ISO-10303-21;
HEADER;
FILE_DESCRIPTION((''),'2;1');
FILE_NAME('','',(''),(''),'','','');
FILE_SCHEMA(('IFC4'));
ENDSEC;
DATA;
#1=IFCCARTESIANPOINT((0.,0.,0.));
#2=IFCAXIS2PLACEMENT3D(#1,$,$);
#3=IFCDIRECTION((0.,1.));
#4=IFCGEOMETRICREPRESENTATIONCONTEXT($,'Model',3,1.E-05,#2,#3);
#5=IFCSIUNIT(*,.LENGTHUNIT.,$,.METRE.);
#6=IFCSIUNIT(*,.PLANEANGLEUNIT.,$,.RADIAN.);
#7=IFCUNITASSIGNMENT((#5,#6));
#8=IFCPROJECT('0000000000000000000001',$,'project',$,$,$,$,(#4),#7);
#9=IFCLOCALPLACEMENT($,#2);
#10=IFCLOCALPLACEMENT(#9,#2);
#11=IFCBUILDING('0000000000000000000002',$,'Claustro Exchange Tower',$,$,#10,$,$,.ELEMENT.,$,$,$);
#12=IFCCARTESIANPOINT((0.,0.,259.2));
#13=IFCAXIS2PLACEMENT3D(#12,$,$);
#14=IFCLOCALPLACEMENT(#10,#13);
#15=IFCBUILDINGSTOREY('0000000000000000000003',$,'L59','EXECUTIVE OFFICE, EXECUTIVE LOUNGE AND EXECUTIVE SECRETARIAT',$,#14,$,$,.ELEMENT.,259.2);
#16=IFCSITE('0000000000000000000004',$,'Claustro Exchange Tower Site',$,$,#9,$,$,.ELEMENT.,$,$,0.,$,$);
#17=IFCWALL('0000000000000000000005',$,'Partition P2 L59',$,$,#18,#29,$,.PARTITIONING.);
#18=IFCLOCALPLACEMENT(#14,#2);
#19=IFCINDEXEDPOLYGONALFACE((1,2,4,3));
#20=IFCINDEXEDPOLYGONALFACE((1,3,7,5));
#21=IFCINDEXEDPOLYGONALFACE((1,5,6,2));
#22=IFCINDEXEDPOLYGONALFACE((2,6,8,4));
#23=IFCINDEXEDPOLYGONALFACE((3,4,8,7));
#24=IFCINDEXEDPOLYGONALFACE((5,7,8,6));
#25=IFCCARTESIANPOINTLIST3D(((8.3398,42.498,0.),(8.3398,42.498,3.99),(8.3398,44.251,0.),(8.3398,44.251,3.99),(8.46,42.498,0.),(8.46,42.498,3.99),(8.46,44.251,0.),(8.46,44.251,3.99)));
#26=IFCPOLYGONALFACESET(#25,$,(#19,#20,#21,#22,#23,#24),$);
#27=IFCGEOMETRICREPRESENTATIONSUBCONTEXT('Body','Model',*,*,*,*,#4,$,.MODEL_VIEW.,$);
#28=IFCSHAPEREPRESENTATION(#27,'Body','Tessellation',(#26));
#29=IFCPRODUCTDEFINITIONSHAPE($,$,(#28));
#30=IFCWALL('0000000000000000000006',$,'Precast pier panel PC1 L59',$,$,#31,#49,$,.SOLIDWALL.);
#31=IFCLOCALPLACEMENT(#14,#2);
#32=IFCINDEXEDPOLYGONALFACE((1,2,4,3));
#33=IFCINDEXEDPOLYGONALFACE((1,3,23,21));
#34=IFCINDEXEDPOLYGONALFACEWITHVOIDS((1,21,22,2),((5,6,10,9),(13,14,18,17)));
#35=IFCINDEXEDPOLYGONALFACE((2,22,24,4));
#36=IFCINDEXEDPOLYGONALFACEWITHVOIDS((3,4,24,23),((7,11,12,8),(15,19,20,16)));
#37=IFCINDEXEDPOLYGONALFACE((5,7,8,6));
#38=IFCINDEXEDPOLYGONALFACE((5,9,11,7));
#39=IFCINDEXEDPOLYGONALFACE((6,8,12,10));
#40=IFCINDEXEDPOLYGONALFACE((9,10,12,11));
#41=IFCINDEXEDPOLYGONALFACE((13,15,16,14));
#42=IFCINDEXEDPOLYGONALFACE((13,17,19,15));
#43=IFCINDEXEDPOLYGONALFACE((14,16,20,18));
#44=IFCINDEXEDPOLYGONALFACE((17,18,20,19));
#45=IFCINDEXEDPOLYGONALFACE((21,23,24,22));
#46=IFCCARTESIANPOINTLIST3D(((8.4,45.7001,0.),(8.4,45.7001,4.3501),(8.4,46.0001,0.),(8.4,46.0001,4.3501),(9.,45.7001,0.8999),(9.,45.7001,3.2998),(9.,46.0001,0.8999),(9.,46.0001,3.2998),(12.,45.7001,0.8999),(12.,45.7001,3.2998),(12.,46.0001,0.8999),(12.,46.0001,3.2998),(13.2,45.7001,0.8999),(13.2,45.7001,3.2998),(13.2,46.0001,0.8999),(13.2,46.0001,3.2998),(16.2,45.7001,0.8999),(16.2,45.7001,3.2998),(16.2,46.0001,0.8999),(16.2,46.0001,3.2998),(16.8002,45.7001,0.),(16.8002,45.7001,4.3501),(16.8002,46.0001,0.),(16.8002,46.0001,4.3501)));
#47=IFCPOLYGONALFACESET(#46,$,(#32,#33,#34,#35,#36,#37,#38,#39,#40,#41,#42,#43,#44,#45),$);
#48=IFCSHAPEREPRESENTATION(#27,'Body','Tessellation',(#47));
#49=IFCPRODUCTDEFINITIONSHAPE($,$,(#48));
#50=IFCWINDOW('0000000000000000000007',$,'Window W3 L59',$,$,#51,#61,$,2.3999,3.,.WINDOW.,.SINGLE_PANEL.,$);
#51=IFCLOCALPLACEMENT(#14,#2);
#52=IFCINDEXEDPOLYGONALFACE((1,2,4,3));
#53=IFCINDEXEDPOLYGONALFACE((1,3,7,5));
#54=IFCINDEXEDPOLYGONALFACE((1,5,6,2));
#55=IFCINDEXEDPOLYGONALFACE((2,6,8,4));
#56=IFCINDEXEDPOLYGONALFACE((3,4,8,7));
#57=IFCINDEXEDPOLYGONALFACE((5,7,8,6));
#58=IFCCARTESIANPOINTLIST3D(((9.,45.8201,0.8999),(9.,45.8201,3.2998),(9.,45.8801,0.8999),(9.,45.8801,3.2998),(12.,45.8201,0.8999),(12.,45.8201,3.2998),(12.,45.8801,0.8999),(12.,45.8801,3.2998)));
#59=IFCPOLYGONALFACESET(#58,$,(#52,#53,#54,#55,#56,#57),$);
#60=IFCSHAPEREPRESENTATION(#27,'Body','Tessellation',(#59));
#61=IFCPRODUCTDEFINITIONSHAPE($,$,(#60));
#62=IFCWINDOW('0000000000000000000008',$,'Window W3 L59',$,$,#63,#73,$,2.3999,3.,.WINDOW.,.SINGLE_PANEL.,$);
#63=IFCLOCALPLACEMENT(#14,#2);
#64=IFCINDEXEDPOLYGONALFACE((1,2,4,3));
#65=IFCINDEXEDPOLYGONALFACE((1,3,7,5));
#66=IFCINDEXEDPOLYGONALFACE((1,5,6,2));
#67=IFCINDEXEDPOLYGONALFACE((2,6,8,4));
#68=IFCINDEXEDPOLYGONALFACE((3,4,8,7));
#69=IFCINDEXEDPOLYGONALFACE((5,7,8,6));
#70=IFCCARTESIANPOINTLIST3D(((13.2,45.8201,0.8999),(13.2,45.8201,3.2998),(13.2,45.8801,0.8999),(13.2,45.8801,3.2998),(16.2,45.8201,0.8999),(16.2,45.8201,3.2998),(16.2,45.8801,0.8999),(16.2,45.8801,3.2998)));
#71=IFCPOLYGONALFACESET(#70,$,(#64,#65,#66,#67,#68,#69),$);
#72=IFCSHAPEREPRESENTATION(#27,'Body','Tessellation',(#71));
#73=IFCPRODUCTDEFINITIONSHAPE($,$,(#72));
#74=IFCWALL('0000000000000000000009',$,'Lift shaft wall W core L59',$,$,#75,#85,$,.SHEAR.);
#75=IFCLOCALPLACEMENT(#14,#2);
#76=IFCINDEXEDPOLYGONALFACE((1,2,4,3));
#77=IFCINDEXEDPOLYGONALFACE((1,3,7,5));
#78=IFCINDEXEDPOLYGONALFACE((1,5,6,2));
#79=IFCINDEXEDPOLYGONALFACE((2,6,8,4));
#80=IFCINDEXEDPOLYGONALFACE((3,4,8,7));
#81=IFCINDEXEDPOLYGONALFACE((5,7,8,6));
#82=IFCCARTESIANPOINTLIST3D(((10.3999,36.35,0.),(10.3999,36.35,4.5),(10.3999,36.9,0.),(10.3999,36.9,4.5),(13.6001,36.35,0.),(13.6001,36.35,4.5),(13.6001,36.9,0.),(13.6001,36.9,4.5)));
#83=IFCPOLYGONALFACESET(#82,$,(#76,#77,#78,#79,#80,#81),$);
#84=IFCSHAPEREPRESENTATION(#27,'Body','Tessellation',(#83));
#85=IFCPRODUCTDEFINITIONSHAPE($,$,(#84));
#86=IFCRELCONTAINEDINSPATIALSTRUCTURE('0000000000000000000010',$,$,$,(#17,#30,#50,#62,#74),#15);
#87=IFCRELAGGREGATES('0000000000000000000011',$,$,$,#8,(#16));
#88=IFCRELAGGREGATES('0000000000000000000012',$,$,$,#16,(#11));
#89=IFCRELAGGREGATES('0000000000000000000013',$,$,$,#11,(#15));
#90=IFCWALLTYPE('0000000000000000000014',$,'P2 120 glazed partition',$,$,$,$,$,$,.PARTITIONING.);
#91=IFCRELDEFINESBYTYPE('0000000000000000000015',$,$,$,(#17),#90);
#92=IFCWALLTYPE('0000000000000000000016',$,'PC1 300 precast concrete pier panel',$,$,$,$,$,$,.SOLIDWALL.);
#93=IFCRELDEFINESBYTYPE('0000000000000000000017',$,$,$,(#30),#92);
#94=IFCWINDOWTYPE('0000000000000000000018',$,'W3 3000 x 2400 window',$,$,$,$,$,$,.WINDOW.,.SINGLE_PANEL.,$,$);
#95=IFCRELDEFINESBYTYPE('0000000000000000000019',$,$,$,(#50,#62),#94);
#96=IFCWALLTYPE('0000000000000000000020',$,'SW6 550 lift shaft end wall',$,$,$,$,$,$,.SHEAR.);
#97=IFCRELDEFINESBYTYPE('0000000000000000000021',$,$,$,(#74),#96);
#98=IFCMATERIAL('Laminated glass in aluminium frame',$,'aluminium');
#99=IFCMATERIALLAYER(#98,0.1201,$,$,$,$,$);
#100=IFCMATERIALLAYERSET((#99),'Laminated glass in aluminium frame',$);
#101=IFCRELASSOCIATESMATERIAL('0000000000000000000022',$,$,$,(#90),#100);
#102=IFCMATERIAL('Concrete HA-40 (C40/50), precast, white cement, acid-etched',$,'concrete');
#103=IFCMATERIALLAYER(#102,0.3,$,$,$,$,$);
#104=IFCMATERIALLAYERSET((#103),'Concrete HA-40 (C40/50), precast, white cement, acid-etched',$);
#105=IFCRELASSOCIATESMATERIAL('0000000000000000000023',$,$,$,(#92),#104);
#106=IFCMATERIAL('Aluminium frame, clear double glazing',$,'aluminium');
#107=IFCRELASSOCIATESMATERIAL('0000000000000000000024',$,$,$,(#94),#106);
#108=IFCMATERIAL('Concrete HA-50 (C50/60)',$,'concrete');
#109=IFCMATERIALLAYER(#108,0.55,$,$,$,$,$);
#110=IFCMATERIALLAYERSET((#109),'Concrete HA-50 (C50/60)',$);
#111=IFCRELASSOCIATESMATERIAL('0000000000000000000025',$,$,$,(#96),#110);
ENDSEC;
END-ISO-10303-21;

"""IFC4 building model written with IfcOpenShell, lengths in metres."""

from ifc_helpers import new_model, si_unit, direction, frame, frame_2d, origin, place, context, subcontext, project, spatial, rectangle, extrude, material, layer, layer_set, type_object, element, fill, save


model = new_model("IFC4")

# Units and contexts
model_context = context("Model", 3, precision=1e-05, world=origin(), true_north=direction((0.0, 1.0)))
body_context = subcontext(model_context, "Body", "Model", "MODEL_VIEW")
ifc_project = project(units=[si_unit("LENGTHUNIT", "METRE"), si_unit("PLANEANGLEUNIT", "RADIAN")], contexts=[model_context])

# Site, building, storey
site_placement = place(None, origin())
site = spatial("IfcSite", under=ifc_project, at=site_placement, Name="Claustro Exchange Tower Site", CompositionType="ELEMENT", RefElevation=0.0)
building_placement = place(site_placement, origin())
building = spatial("IfcBuilding", under=site, at=building_placement, Name="Claustro Exchange Tower", CompositionType="ELEMENT")
storey_placement = place(building_placement, frame((0.0, 0.0, 259.2)))
storey = spatial("IfcBuildingStorey", under=building, at=storey_placement, Name="L59", Description="EXECUTIVE OFFICE, EXECUTIVE LOUNGE AND EXECUTIVE SECRETARIAT", CompositionType="ELEMENT", Elevation=259.2)

# Wall
ifc_material_1 = material(Name="Laminated glass in aluminium frame", Category="aluminium")
ifc_layer_1 = layer(ifc_material_1, 0.1201)
ifc_layer_set_1 = layer_set([ifc_layer_1], Name="Laminated glass in aluminium frame")
wall_type_1 = type_object("IfcWallType", Name="P2 120 glazed partition", PredefinedType="PARTITIONING", material=ifc_layer_set_1)
wall_1_placement = place(storey_placement, frame((8.3999, 42.498, 0.0), z_axis=(0.0, 0.0, 1.0), x_axis=(0.0, 1.0, 0.0)))
element("IfcWall", 1, at=wall_1_placement, inside=storey, type_object=wall_type_1, Name="Partition P2 L59", PredefinedType="PARTITIONING", context=body_context, shape_type="SweptSolid", body=[
    extrude(rectangle(XDim=1.7529, YDim=0.1201, at=frame_2d((0.8765, 0.0))), origin(), (0.0, 0.0, 1.0), 3.99),
])

# Wall, openings, windows
ifc_material_2 = material(Name="Concrete HA-40 (C40/50), precast, white cement, acid-etched", Category="concrete")
ifc_layer_2 = layer(ifc_material_2, 0.3)
ifc_layer_set_2 = layer_set([ifc_layer_2], Name="Concrete HA-40 (C40/50), precast, white cement, acid-etched")
wall_type_2 = type_object("IfcWallType", Name="PC1 300 precast concrete pier panel", PredefinedType="SOLIDWALL", material=ifc_layer_set_2)
wall_2_placement = place(storey_placement, frame((8.3999, 45.8501, 0.0), z_axis=(0.0, 0.0, 1.0), x_axis=(1.0, 0.0, 0.0)))
wall_2 = element("IfcWall", 2, at=wall_2_placement, inside=storey, type_object=wall_type_2, Name="Precast pier panel PC1 L59", PredefinedType="SOLIDWALL", context=body_context, shape_type="SweptSolid", body=[
    extrude(rectangle(XDim=8.4001, YDim=0.3, at=frame_2d((4.2002, 0.0))), origin(), (0.0, 0.0, 1.0), 4.3501),
])
opening_1_placement = place(wall_2_placement, frame((0.6001, 0.0, 0.8999)))
opening_1 = element("IfcOpeningElement", 3, at=opening_1_placement, cuts=wall_2, PredefinedType="OPENING", context=body_context, shape_type="SweptSolid", body=[
    extrude(rectangle(XDim=3.0, YDim=2.3999, at=frame_2d((1.5, 1.2))), frame((0.0, 0.1599, 0.0), z_axis=(0.0, -1.0, 0.0), x_axis=(1.0, 0.0, 0.0)), (0.0, 0.0, 1.0), 0.3201),
])
opening_2_placement = place(wall_2_placement, frame((4.8, 0.0, 0.8999)))
opening_2 = element("IfcOpeningElement", 4, at=opening_2_placement, cuts=wall_2, PredefinedType="OPENING", context=body_context, shape_type="SweptSolid", body=[
    extrude(rectangle(XDim=3.0, YDim=2.3999, at=frame_2d((1.5, 1.2))), frame((0.0, 0.1599, 0.0), z_axis=(0.0, -1.0, 0.0), x_axis=(1.0, 0.0, 0.0)), (0.0, 0.0, 1.0), 0.3201),
])
ifc_material_3 = material(Name="Aluminium frame, clear double glazing", Category="aluminium")
window_type = type_object("IfcWindowType", Name="W3 3000 x 2400 window", PartitioningType="SINGLE_PANEL", PredefinedType="WINDOW", material=ifc_material_3)
window_1_placement = place(opening_1_placement, origin())
window_1 = element("IfcWindow", 5, at=window_1_placement, inside=storey, type_object=window_type, Name="Window W3 L59", OverallHeight=2.3999, OverallWidth=3.0, PartitioningType="SINGLE_PANEL", PredefinedType="WINDOW", context=body_context, shape_type="SweptSolid", body=[
    extrude(rectangle(XDim=3.0, YDim=2.3999, at=frame_2d((1.5, 1.2))), frame((0.0, 0.03, 0.0), z_axis=(0.0, -1.0, 0.0), x_axis=(1.0, 0.0, 0.0)), (0.0, 0.0, 1.0), 0.0601),
])
fill(opening_1, window_1)
window_2_placement = place(opening_2_placement, origin())
window_2 = element("IfcWindow", 6, at=window_2_placement, inside=storey, type_object=window_type, Name="Window W3 L59", OverallHeight=2.3999, OverallWidth=3.0, PartitioningType="SINGLE_PANEL", PredefinedType="WINDOW", context=body_context, shape_type="SweptSolid", body=[
    extrude(rectangle(XDim=3.0, YDim=2.3999, at=frame_2d((1.5, 1.2))), frame((0.0, 0.03, 0.0), z_axis=(0.0, -1.0, 0.0), x_axis=(1.0, 0.0, 0.0)), (0.0, 0.0, 1.0), 0.0601),
])
fill(opening_2, window_2)

# Wall
ifc_material_4 = material(Name="Concrete HA-50 (C50/60)", Category="concrete")
ifc_layer_3 = layer(ifc_material_4, 0.55)
ifc_layer_set_3 = layer_set([ifc_layer_3], Name="Concrete HA-50 (C50/60)")
wall_type_3 = type_object("IfcWallType", Name="SW6 550 lift shaft end wall", PredefinedType="SHEAR", material=ifc_layer_set_3)
wall_3_placement = place(storey_placement, frame((10.3999, 36.625, 0.0), z_axis=(0.0, 0.0, 1.0), x_axis=(1.0, 0.0, 0.0)))
element("IfcWall", 7, at=wall_3_placement, inside=storey, type_object=wall_type_3, Name="Lift shaft wall W core L59", PredefinedType="SHEAR", context=body_context, shape_type="SweptSolid", body=[
    extrude(rectangle(XDim=3.2002, YDim=0.55, at=frame_2d((1.6001, 0.0))), origin(), (0.0, 0.0, 1.0), 4.5),
])

save(model, "model.ifc")
